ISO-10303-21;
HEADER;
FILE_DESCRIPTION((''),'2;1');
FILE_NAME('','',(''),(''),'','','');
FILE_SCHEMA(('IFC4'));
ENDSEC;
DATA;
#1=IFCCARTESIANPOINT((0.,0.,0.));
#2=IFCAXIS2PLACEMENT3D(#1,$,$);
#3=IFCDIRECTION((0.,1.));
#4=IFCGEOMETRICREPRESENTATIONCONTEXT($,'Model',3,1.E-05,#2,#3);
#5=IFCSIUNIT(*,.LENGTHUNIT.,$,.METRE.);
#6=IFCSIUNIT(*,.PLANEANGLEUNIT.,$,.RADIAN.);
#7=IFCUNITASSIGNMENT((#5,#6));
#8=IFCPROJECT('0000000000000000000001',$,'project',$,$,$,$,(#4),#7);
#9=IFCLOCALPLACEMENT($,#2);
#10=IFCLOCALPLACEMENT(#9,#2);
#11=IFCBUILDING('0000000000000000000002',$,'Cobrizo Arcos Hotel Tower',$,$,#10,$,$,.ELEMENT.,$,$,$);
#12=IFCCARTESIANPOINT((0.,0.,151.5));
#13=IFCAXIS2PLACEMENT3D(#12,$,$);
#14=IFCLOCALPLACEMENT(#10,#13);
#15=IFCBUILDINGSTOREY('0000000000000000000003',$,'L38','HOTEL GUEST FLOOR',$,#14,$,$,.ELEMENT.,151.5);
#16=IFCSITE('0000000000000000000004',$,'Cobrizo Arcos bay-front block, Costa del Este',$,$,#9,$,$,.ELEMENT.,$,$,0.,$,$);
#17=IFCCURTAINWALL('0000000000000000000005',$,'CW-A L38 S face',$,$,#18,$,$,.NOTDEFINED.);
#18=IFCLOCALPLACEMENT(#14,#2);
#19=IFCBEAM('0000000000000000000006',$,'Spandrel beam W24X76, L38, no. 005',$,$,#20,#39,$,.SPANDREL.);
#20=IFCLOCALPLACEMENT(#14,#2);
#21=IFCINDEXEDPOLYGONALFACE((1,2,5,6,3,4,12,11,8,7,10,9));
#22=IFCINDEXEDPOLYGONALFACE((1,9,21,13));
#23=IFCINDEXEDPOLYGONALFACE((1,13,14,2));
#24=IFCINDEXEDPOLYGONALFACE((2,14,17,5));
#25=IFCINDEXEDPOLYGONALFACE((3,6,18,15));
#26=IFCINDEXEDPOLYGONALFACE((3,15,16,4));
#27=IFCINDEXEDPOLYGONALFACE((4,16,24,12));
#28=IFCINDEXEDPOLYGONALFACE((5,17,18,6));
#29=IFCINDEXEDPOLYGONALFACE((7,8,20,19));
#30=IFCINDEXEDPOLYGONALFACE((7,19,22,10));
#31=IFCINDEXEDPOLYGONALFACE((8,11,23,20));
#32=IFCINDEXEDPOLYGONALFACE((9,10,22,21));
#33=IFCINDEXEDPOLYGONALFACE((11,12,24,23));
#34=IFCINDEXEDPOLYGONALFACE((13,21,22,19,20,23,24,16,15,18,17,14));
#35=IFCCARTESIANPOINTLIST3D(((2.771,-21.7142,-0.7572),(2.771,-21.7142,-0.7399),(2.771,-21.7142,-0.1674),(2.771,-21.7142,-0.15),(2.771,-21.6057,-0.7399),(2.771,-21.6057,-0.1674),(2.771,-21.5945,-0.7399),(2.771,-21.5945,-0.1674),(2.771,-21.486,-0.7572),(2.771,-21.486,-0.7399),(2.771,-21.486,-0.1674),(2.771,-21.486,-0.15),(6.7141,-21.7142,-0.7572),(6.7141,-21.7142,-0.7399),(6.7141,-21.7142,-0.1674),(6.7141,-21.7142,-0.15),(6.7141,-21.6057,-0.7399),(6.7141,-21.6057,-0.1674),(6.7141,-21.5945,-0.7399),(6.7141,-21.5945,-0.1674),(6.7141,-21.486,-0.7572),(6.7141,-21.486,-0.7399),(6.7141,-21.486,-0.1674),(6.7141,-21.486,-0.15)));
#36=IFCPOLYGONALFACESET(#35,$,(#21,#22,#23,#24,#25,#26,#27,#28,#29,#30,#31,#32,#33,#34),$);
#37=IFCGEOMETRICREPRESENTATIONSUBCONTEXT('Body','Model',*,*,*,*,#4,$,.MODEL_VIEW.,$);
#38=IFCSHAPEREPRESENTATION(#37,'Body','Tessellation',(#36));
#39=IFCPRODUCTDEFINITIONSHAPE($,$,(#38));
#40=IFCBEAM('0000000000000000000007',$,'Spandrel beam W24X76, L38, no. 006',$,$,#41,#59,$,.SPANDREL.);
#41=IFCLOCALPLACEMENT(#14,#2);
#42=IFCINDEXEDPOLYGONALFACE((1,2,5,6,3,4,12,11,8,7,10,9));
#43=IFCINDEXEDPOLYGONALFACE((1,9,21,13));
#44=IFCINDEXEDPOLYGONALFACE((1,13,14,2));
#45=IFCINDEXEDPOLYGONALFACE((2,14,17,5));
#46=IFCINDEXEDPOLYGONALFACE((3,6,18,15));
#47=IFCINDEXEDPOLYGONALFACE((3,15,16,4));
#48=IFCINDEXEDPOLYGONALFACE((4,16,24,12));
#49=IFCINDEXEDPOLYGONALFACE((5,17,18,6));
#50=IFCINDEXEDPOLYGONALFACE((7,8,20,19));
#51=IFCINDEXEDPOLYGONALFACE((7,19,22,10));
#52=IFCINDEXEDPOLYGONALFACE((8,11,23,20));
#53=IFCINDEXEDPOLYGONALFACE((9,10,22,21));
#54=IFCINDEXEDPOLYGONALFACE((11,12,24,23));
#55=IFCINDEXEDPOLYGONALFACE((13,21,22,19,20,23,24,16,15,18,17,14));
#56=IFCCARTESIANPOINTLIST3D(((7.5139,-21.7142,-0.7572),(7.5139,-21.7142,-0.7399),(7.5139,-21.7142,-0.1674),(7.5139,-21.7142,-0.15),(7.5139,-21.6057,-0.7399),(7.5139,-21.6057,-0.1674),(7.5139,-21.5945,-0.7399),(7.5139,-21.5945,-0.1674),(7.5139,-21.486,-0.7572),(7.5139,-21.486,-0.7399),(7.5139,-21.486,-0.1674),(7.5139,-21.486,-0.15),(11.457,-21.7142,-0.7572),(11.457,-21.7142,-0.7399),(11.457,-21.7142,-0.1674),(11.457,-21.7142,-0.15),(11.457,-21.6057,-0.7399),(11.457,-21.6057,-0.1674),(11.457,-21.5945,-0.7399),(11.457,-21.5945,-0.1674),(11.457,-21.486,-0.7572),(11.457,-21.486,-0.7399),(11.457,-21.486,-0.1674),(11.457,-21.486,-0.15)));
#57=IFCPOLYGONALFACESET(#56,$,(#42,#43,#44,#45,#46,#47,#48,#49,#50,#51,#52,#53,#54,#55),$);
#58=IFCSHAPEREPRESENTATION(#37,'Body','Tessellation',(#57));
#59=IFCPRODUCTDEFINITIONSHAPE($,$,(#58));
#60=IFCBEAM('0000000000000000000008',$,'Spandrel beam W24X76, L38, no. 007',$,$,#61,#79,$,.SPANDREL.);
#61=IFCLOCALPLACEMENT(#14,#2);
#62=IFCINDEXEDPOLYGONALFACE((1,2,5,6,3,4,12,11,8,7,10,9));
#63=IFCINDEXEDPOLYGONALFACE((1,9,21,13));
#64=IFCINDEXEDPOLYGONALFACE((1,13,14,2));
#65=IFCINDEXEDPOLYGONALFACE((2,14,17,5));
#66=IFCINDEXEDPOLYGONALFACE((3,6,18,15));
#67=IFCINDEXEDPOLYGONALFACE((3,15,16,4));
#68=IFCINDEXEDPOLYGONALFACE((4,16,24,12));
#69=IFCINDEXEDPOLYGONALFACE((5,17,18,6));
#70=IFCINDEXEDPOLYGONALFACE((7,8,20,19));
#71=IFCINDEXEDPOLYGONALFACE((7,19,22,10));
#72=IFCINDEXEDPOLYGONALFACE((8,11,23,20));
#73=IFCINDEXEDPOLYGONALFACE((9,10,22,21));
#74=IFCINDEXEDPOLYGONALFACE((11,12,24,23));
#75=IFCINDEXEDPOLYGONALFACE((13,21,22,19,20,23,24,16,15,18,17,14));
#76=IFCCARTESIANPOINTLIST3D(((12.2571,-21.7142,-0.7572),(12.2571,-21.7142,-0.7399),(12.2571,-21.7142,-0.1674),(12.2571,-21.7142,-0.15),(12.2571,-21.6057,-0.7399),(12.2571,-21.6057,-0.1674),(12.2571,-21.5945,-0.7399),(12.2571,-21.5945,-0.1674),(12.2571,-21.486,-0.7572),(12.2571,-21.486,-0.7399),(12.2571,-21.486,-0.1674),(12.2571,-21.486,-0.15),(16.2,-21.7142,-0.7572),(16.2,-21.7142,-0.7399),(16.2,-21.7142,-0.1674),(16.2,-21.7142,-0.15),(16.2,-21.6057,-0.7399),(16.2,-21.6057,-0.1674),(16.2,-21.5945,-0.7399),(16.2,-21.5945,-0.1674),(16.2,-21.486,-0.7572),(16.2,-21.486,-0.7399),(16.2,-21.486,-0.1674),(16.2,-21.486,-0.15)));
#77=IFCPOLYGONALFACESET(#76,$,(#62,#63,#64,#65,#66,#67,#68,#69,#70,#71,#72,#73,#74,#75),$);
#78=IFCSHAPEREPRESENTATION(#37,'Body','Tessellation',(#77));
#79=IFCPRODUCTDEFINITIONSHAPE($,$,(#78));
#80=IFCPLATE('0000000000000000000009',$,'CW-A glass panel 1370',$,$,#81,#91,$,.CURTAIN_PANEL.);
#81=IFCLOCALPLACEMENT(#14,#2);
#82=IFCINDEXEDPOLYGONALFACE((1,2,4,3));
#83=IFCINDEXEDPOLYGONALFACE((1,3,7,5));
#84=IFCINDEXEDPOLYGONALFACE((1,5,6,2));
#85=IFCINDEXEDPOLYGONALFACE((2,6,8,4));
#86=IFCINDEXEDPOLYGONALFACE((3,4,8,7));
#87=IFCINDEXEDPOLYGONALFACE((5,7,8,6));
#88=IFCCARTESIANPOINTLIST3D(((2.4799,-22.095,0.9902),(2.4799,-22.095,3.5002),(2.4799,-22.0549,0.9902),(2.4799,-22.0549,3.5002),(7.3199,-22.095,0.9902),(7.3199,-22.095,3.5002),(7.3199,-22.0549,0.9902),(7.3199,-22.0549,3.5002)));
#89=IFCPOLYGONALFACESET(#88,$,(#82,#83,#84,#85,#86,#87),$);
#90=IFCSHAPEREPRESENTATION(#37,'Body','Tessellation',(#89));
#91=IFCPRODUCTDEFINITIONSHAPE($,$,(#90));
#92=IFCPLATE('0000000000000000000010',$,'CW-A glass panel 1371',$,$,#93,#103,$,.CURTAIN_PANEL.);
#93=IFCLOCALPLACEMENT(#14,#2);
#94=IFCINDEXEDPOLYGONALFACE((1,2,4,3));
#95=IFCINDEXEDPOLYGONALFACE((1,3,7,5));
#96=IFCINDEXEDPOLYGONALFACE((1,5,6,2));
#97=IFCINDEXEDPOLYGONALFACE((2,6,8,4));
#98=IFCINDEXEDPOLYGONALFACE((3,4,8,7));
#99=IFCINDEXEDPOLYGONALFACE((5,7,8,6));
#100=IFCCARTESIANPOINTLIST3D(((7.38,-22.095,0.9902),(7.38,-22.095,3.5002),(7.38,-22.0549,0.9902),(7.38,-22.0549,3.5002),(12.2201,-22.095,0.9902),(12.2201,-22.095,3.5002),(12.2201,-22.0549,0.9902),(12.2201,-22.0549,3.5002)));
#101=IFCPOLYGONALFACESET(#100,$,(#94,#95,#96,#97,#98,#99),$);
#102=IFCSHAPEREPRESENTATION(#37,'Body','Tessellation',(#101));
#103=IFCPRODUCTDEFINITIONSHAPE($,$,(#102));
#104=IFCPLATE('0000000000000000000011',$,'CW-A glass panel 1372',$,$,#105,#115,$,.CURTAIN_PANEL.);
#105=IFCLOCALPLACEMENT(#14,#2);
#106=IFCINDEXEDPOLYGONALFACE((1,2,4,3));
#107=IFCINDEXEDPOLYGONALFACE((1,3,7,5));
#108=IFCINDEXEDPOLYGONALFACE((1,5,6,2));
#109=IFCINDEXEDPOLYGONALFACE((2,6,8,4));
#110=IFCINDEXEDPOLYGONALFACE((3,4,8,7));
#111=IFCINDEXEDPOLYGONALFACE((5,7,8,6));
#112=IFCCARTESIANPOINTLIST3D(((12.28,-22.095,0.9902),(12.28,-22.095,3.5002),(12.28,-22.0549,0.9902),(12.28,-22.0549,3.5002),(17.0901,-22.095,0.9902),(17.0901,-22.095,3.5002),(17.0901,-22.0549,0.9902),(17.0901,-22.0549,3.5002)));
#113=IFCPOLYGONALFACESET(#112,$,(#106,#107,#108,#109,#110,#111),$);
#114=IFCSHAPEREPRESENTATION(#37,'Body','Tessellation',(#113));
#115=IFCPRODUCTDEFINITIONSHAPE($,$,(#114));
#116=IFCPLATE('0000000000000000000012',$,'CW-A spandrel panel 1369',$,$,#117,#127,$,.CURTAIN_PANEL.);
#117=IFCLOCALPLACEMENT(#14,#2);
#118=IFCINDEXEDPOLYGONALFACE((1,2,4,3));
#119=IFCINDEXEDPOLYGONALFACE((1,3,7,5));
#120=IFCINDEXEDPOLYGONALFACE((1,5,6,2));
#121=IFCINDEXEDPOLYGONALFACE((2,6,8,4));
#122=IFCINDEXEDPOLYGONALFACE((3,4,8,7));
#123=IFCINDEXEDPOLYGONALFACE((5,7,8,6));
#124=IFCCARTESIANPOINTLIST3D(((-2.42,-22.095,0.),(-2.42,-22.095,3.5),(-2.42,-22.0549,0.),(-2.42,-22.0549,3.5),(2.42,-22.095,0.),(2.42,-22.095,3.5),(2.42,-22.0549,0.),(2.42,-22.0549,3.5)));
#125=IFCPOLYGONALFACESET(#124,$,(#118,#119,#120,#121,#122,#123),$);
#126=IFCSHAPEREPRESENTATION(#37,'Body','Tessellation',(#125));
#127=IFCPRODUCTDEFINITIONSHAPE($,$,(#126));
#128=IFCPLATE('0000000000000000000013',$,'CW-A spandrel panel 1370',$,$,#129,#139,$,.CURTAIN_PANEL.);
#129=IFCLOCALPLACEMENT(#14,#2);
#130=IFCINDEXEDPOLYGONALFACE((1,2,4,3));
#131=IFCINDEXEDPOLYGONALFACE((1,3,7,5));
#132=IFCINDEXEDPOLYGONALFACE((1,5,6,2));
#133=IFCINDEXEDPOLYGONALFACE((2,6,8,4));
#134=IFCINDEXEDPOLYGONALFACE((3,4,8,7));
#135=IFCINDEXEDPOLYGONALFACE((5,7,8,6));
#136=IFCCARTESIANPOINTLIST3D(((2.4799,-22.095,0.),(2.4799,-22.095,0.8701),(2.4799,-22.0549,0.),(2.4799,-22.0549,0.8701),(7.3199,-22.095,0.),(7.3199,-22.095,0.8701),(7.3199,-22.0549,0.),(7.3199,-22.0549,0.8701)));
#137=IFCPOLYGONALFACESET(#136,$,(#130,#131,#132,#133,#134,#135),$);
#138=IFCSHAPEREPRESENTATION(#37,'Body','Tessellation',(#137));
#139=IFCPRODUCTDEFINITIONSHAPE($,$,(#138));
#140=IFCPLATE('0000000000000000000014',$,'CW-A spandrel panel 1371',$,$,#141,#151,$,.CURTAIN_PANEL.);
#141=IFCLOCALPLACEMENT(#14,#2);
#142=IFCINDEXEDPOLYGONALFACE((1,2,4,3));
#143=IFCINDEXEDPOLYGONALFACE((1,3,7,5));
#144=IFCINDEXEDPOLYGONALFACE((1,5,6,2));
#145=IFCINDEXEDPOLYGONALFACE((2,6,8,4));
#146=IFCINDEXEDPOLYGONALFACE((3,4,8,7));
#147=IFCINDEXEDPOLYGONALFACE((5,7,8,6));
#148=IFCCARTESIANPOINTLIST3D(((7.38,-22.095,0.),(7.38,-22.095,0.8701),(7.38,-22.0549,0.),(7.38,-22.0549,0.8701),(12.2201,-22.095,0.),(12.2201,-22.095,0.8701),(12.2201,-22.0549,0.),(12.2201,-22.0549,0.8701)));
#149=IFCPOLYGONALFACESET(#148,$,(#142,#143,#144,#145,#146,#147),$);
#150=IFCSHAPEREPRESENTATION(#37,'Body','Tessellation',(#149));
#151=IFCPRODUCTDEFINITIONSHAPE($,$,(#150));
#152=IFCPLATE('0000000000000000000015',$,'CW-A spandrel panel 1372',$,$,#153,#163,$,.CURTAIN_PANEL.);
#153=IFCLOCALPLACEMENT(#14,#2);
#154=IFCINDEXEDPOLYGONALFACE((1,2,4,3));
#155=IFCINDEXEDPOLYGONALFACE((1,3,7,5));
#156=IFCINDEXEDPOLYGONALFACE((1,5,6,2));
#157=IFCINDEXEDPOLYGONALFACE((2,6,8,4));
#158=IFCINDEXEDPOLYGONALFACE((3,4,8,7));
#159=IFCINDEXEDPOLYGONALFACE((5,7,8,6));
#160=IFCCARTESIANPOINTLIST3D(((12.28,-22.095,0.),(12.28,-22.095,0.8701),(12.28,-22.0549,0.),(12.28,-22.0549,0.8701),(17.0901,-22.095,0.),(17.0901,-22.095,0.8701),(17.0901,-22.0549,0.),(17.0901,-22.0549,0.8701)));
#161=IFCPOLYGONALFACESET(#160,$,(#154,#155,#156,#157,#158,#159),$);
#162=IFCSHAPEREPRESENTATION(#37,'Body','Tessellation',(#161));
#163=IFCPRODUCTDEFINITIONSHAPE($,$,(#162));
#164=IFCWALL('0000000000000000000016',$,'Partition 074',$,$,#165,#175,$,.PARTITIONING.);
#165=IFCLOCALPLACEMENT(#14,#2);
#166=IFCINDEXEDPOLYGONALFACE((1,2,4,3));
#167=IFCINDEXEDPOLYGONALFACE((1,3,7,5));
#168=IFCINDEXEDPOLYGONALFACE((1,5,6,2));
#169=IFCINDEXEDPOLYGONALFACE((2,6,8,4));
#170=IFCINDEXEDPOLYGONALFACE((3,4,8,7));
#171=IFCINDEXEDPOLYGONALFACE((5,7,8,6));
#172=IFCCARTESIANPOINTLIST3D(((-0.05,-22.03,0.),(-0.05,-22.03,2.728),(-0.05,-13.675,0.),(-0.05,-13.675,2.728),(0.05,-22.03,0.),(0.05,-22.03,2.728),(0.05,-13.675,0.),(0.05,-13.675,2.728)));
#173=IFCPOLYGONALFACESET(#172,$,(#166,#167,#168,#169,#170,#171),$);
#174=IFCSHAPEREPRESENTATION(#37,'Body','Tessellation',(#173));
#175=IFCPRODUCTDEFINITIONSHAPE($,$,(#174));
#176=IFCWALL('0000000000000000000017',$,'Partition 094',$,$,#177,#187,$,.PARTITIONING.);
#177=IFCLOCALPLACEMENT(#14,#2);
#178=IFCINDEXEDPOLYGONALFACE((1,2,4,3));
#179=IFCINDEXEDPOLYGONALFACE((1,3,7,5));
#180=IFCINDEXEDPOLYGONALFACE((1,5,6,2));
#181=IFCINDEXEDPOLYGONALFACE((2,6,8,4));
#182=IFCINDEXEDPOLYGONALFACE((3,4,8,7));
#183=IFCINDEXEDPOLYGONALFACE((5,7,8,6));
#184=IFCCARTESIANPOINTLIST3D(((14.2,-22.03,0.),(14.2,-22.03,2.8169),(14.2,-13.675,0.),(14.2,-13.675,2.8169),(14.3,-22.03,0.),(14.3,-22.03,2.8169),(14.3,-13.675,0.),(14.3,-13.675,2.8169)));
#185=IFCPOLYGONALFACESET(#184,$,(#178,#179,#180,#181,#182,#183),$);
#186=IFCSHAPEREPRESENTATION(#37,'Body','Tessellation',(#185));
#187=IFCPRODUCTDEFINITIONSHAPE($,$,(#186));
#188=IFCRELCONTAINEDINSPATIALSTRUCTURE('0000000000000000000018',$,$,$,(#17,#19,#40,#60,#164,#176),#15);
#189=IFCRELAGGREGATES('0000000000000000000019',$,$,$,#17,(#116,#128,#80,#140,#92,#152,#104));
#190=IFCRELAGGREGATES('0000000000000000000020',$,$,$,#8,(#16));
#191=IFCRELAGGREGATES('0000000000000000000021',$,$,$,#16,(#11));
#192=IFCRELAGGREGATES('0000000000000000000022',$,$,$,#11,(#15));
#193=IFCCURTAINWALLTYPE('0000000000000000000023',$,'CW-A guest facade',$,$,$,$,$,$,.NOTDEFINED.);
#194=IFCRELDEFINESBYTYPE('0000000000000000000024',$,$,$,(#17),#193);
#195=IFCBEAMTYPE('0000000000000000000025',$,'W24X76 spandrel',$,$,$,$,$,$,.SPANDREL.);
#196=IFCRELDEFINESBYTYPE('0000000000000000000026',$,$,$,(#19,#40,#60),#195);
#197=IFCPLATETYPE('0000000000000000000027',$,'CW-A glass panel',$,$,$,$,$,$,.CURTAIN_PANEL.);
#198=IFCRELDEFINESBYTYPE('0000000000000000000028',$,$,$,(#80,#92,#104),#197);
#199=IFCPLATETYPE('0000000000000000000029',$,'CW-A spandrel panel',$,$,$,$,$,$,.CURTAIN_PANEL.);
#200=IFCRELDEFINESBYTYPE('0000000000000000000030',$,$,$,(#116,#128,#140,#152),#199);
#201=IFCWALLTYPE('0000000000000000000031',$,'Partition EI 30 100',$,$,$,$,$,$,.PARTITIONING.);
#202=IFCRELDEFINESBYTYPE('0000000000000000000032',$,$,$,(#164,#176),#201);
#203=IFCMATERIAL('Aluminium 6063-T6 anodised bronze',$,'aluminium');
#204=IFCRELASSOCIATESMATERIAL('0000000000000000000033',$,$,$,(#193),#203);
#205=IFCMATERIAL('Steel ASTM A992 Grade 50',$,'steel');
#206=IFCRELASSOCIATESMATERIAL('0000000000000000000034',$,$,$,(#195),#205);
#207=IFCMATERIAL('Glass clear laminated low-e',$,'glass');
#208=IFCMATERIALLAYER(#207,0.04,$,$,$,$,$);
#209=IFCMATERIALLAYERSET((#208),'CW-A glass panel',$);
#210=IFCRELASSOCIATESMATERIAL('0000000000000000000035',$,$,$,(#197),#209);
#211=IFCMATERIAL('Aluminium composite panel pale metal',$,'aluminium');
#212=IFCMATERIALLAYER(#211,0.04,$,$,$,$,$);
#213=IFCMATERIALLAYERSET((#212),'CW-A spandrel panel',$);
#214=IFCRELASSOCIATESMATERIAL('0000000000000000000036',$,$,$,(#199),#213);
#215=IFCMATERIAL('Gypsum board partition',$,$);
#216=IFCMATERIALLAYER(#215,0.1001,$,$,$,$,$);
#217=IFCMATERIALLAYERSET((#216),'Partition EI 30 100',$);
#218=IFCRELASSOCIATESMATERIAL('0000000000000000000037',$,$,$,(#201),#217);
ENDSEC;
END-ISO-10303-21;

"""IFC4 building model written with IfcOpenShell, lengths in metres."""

from ifc_helpers import new_model, si_unit, direction, frame, frame_2d, origin, origin_2d, place, context, subcontext, project, spatial, rectangle, i_section, extrude, material, layer, layer_set, material_profile, profile_set, type_object, element, aggregate, save


model = new_model("IFC4")

# Units and contexts
model_context = context("Model", 3, precision=1e-05, world=origin(), true_north=direction((0.0, 1.0)))
body_context = subcontext(model_context, "Body", "Model", "MODEL_VIEW")
ifc_project = project(units=[si_unit("LENGTHUNIT", "METRE"), si_unit("PLANEANGLEUNIT", "RADIAN")], contexts=[model_context])

# Site, building, storey
site_placement = place(None, origin())
site = spatial("IfcSite", under=ifc_project, at=site_placement, Name="Cobrizo Arcos bay-front block, Costa del Este", CompositionType="ELEMENT", RefElevation=0.0)
building_placement = place(site_placement, origin())
building = spatial("IfcBuilding", under=site, at=building_placement, Name="Cobrizo Arcos Hotel Tower", CompositionType="ELEMENT")
storey_placement = place(building_placement, frame((0.0, 0.0, 151.5)))
storey = spatial("IfcBuildingStorey", under=building, at=storey_placement, Name="L38", Description="HOTEL GUEST FLOOR", CompositionType="ELEMENT", Elevation=151.5)

# Curtain wall
ifc_material_1 = material(Name="Aluminium 6063-T6 anodised bronze", Category="aluminium")
curtain_wall_type = type_object("IfcCurtainWallType", Name="CW-A guest facade", PredefinedType="NOTDEFINED", material=ifc_material_1)
curtain_wall_placement = place(storey_placement, origin())
curtain_wall = element("IfcCurtainWall", 1, at=curtain_wall_placement, inside=storey, type_object=curtain_wall_type, Name="CW-A L38 S face", PredefinedType="NOTDEFINED")

# Beams
ifc_material_2 = material(Name="Steel ASTM A992 Grade 50", Category="steel")
ifc_material_profile_1 = material_profile(ifc_material_2, i_section(OverallWidth=0.2283, OverallDepth=0.6072, WebThickness=0.0112, FlangeThickness=0.0173, at=origin_2d()), Name="W24X76")
ifc_profile_set_1 = profile_set([ifc_material_profile_1], Name="Steel ASTM A992 Grade 50")
beam_type_1 = type_object("IfcBeamType", Name="W24X76 spandrel", PredefinedType="SPANDREL", material=ifc_profile_set_1)
for number, where, z_axis, x_axis, name in (
    (2, (2.771, -21.6001, -0.4536), (1.0, 0.0, 0.0), (0.0, 1.0, 0.0), "Spandrel beam W24X76, L38, no. 005"),
    (3, (7.5139, -21.6001, -0.4536), (1.0, 0.0, 0.0), (0.0, 1.0, 0.0), "Spandrel beam W24X76, L38, no. 006"),
):
    element("IfcBeam", number, at=place(storey_placement, frame(where, z_axis=z_axis, x_axis=x_axis)), inside=storey, type_object=beam_type_1, Name=name, PredefinedType="SPANDREL", context=body_context, shape_type="SweptSolid", body=[
        extrude(i_section(OverallWidth=0.2283, OverallDepth=0.6072, WebThickness=0.0112, FlangeThickness=0.0173, at=origin_2d()), origin(), (0.0, 0.0, 1.0), 3.9431),
    ])
beam_1_placement = place(storey_placement, frame((12.2571, -21.6001, -0.4536), z_axis=(1.0, 0.0, 0.0), x_axis=(0.0, 1.0, 0.0)))
element("IfcBeam", 4, at=beam_1_placement, inside=storey, type_object=beam_type_1, Name="Spandrel beam W24X76, L38, no. 007", PredefinedType="SPANDREL", context=body_context, shape_type="SweptSolid", body=[
    extrude(i_section(OverallWidth=0.2283, OverallDepth=0.6072, WebThickness=0.0112, FlangeThickness=0.0173, at=origin_2d()), origin(), (0.0, 0.0, 1.0), 3.9429),
])

# Plates
ifc_material_3 = material(Name="Glass clear laminated low-e", Category="glass")
ifc_layer_1 = layer(ifc_material_3, 0.04)
ifc_layer_set_1 = layer_set([ifc_layer_1], Name="CW-A glass panel")
plate_type_1 = type_object("IfcPlateType", Name="CW-A glass panel", PredefinedType="CURTAIN_PANEL", material=ifc_layer_set_1)
plate_1_placement = place(storey_placement, frame((4.8999, -22.075, 0.9902), z_axis=(0.0, 0.0, 1.0), x_axis=(1.0, 0.0, 0.0)))
plate_1 = element("IfcPlate", 5, at=plate_1_placement, type_object=plate_type_1, Name="CW-A glass panel 1370", PredefinedType="CURTAIN_PANEL", context=body_context, shape_type="SweptSolid", body=[
    extrude(rectangle(XDim=4.8401, YDim=0.04, at=origin_2d()), origin(), (0.0, 0.0, 1.0), 2.51),
])
plate_2_placement = place(storey_placement, frame((9.8, -22.075, 0.9902), z_axis=(0.0, 0.0, 1.0), x_axis=(1.0, 0.0, 0.0)))
plate_2 = element("IfcPlate", 6, at=plate_2_placement, type_object=plate_type_1, Name="CW-A glass panel 1371", PredefinedType="CURTAIN_PANEL", context=body_context, shape_type="SweptSolid", body=[
    extrude(rectangle(XDim=4.8401, YDim=0.04, at=origin_2d()), origin(), (0.0, 0.0, 1.0), 2.51),
])
plate_3_placement = place(storey_placement, frame((14.6851, -22.075, 0.9902), z_axis=(0.0, 0.0, 1.0), x_axis=(1.0, 0.0, 0.0)))
plate_3 = element("IfcPlate", 7, at=plate_3_placement, type_object=plate_type_1, Name="CW-A glass panel 1372", PredefinedType="CURTAIN_PANEL", context=body_context, shape_type="SweptSolid", body=[
    extrude(rectangle(XDim=4.8101, YDim=0.04, at=origin_2d()), origin(), (0.0, 0.0, 1.0), 2.51),
])
ifc_material_4 = material(Name="Aluminium composite panel pale metal", Category="aluminium")
ifc_layer_2 = layer(ifc_material_4, 0.04)
ifc_layer_set_2 = layer_set([ifc_layer_2], Name="CW-A spandrel panel")
plate_type_2 = type_object("IfcPlateType", Name="CW-A spandrel panel", PredefinedType="CURTAIN_PANEL", material=ifc_layer_set_2)
plate_4_placement = place(storey_placement, frame((0.0, -22.075, 0.0), z_axis=(0.0, 0.0, 1.0), x_axis=(1.0, 0.0, 0.0)))
plate_4 = element("IfcPlate", 8, at=plate_4_placement, type_object=plate_type_2, Name="CW-A spandrel panel 1369", PredefinedType="CURTAIN_PANEL", context=body_context, shape_type="SweptSolid", body=[
    extrude(rectangle(XDim=4.8401, YDim=0.04, at=origin_2d()), origin(), (0.0, 0.0, 1.0), 3.5),
])
plate_5_placement = place(storey_placement, frame((4.8999, -22.075, 0.0), z_axis=(0.0, 0.0, 1.0), x_axis=(1.0, 0.0, 0.0)))
plate_5 = element("IfcPlate", 9, at=plate_5_placement, type_object=plate_type_2, Name="CW-A spandrel panel 1370", PredefinedType="CURTAIN_PANEL", context=body_context, shape_type="SweptSolid", body=[
    extrude(rectangle(XDim=4.8401, YDim=0.04, at=origin_2d()), origin(), (0.0, 0.0, 1.0), 0.8701),
])
plate_6_placement = place(storey_placement, frame((9.8, -22.075, 0.0), z_axis=(0.0, 0.0, 1.0), x_axis=(1.0, 0.0, 0.0)))
plate_6 = element("IfcPlate", 10, at=plate_6_placement, type_object=plate_type_2, Name="CW-A spandrel panel 1371", PredefinedType="CURTAIN_PANEL", context=body_context, shape_type="SweptSolid", body=[
    extrude(rectangle(XDim=4.8401, YDim=0.04, at=origin_2d()), origin(), (0.0, 0.0, 1.0), 0.8701),
])
plate_7_placement = place(storey_placement, frame((14.6851, -22.075, 0.0), z_axis=(0.0, 0.0, 1.0), x_axis=(1.0, 0.0, 0.0)))
plate_7 = element("IfcPlate", 11, at=plate_7_placement, type_object=plate_type_2, Name="CW-A spandrel panel 1372", PredefinedType="CURTAIN_PANEL", context=body_context, shape_type="SweptSolid", body=[
    extrude(rectangle(XDim=4.8101, YDim=0.04, at=origin_2d()), origin(), (0.0, 0.0, 1.0), 0.8701),
])
aggregate(curtain_wall, [plate_4, plate_5, plate_1, plate_6, plate_2, plate_7, plate_3])

# Walls
ifc_material_5 = material(Name="Gypsum board partition")
ifc_layer_3 = layer(ifc_material_5, 0.1001)
ifc_layer_set_3 = layer_set([ifc_layer_3], Name="Partition EI 30 100")
wall_type = type_object("IfcWallType", Name="Partition EI 30 100", PredefinedType="PARTITIONING", material=ifc_layer_set_3)
wall_1_placement = place(storey_placement, frame((0.0, -22.03, 0.0), z_axis=(0.0, 0.0, 1.0), x_axis=(0.0, 1.0, 0.0)))
element("IfcWall", 12, at=wall_1_placement, inside=storey, type_object=wall_type, Name="Partition 074", PredefinedType="PARTITIONING", context=body_context, shape_type="SweptSolid", body=[
    extrude(rectangle(XDim=8.355, YDim=0.1001, at=frame_2d((4.1775, 0.0))), origin(), (0.0, 0.0, 1.0), 2.728),
])
wall_2_placement = place(storey_placement, frame((14.25, -22.03, 0.0), z_axis=(0.0, 0.0, 1.0), x_axis=(0.0, 1.0, 0.0)))
element("IfcWall", 13, at=wall_2_placement, inside=storey, type_object=wall_type, Name="Partition 094", PredefinedType="PARTITIONING", context=body_context, shape_type="SweptSolid", body=[
    extrude(rectangle(XDim=8.355, YDim=0.1001, at=frame_2d((4.1775, 0.0))), origin(), (0.0, 0.0, 1.0), 2.8169),
])

save(model, "model.ifc")
